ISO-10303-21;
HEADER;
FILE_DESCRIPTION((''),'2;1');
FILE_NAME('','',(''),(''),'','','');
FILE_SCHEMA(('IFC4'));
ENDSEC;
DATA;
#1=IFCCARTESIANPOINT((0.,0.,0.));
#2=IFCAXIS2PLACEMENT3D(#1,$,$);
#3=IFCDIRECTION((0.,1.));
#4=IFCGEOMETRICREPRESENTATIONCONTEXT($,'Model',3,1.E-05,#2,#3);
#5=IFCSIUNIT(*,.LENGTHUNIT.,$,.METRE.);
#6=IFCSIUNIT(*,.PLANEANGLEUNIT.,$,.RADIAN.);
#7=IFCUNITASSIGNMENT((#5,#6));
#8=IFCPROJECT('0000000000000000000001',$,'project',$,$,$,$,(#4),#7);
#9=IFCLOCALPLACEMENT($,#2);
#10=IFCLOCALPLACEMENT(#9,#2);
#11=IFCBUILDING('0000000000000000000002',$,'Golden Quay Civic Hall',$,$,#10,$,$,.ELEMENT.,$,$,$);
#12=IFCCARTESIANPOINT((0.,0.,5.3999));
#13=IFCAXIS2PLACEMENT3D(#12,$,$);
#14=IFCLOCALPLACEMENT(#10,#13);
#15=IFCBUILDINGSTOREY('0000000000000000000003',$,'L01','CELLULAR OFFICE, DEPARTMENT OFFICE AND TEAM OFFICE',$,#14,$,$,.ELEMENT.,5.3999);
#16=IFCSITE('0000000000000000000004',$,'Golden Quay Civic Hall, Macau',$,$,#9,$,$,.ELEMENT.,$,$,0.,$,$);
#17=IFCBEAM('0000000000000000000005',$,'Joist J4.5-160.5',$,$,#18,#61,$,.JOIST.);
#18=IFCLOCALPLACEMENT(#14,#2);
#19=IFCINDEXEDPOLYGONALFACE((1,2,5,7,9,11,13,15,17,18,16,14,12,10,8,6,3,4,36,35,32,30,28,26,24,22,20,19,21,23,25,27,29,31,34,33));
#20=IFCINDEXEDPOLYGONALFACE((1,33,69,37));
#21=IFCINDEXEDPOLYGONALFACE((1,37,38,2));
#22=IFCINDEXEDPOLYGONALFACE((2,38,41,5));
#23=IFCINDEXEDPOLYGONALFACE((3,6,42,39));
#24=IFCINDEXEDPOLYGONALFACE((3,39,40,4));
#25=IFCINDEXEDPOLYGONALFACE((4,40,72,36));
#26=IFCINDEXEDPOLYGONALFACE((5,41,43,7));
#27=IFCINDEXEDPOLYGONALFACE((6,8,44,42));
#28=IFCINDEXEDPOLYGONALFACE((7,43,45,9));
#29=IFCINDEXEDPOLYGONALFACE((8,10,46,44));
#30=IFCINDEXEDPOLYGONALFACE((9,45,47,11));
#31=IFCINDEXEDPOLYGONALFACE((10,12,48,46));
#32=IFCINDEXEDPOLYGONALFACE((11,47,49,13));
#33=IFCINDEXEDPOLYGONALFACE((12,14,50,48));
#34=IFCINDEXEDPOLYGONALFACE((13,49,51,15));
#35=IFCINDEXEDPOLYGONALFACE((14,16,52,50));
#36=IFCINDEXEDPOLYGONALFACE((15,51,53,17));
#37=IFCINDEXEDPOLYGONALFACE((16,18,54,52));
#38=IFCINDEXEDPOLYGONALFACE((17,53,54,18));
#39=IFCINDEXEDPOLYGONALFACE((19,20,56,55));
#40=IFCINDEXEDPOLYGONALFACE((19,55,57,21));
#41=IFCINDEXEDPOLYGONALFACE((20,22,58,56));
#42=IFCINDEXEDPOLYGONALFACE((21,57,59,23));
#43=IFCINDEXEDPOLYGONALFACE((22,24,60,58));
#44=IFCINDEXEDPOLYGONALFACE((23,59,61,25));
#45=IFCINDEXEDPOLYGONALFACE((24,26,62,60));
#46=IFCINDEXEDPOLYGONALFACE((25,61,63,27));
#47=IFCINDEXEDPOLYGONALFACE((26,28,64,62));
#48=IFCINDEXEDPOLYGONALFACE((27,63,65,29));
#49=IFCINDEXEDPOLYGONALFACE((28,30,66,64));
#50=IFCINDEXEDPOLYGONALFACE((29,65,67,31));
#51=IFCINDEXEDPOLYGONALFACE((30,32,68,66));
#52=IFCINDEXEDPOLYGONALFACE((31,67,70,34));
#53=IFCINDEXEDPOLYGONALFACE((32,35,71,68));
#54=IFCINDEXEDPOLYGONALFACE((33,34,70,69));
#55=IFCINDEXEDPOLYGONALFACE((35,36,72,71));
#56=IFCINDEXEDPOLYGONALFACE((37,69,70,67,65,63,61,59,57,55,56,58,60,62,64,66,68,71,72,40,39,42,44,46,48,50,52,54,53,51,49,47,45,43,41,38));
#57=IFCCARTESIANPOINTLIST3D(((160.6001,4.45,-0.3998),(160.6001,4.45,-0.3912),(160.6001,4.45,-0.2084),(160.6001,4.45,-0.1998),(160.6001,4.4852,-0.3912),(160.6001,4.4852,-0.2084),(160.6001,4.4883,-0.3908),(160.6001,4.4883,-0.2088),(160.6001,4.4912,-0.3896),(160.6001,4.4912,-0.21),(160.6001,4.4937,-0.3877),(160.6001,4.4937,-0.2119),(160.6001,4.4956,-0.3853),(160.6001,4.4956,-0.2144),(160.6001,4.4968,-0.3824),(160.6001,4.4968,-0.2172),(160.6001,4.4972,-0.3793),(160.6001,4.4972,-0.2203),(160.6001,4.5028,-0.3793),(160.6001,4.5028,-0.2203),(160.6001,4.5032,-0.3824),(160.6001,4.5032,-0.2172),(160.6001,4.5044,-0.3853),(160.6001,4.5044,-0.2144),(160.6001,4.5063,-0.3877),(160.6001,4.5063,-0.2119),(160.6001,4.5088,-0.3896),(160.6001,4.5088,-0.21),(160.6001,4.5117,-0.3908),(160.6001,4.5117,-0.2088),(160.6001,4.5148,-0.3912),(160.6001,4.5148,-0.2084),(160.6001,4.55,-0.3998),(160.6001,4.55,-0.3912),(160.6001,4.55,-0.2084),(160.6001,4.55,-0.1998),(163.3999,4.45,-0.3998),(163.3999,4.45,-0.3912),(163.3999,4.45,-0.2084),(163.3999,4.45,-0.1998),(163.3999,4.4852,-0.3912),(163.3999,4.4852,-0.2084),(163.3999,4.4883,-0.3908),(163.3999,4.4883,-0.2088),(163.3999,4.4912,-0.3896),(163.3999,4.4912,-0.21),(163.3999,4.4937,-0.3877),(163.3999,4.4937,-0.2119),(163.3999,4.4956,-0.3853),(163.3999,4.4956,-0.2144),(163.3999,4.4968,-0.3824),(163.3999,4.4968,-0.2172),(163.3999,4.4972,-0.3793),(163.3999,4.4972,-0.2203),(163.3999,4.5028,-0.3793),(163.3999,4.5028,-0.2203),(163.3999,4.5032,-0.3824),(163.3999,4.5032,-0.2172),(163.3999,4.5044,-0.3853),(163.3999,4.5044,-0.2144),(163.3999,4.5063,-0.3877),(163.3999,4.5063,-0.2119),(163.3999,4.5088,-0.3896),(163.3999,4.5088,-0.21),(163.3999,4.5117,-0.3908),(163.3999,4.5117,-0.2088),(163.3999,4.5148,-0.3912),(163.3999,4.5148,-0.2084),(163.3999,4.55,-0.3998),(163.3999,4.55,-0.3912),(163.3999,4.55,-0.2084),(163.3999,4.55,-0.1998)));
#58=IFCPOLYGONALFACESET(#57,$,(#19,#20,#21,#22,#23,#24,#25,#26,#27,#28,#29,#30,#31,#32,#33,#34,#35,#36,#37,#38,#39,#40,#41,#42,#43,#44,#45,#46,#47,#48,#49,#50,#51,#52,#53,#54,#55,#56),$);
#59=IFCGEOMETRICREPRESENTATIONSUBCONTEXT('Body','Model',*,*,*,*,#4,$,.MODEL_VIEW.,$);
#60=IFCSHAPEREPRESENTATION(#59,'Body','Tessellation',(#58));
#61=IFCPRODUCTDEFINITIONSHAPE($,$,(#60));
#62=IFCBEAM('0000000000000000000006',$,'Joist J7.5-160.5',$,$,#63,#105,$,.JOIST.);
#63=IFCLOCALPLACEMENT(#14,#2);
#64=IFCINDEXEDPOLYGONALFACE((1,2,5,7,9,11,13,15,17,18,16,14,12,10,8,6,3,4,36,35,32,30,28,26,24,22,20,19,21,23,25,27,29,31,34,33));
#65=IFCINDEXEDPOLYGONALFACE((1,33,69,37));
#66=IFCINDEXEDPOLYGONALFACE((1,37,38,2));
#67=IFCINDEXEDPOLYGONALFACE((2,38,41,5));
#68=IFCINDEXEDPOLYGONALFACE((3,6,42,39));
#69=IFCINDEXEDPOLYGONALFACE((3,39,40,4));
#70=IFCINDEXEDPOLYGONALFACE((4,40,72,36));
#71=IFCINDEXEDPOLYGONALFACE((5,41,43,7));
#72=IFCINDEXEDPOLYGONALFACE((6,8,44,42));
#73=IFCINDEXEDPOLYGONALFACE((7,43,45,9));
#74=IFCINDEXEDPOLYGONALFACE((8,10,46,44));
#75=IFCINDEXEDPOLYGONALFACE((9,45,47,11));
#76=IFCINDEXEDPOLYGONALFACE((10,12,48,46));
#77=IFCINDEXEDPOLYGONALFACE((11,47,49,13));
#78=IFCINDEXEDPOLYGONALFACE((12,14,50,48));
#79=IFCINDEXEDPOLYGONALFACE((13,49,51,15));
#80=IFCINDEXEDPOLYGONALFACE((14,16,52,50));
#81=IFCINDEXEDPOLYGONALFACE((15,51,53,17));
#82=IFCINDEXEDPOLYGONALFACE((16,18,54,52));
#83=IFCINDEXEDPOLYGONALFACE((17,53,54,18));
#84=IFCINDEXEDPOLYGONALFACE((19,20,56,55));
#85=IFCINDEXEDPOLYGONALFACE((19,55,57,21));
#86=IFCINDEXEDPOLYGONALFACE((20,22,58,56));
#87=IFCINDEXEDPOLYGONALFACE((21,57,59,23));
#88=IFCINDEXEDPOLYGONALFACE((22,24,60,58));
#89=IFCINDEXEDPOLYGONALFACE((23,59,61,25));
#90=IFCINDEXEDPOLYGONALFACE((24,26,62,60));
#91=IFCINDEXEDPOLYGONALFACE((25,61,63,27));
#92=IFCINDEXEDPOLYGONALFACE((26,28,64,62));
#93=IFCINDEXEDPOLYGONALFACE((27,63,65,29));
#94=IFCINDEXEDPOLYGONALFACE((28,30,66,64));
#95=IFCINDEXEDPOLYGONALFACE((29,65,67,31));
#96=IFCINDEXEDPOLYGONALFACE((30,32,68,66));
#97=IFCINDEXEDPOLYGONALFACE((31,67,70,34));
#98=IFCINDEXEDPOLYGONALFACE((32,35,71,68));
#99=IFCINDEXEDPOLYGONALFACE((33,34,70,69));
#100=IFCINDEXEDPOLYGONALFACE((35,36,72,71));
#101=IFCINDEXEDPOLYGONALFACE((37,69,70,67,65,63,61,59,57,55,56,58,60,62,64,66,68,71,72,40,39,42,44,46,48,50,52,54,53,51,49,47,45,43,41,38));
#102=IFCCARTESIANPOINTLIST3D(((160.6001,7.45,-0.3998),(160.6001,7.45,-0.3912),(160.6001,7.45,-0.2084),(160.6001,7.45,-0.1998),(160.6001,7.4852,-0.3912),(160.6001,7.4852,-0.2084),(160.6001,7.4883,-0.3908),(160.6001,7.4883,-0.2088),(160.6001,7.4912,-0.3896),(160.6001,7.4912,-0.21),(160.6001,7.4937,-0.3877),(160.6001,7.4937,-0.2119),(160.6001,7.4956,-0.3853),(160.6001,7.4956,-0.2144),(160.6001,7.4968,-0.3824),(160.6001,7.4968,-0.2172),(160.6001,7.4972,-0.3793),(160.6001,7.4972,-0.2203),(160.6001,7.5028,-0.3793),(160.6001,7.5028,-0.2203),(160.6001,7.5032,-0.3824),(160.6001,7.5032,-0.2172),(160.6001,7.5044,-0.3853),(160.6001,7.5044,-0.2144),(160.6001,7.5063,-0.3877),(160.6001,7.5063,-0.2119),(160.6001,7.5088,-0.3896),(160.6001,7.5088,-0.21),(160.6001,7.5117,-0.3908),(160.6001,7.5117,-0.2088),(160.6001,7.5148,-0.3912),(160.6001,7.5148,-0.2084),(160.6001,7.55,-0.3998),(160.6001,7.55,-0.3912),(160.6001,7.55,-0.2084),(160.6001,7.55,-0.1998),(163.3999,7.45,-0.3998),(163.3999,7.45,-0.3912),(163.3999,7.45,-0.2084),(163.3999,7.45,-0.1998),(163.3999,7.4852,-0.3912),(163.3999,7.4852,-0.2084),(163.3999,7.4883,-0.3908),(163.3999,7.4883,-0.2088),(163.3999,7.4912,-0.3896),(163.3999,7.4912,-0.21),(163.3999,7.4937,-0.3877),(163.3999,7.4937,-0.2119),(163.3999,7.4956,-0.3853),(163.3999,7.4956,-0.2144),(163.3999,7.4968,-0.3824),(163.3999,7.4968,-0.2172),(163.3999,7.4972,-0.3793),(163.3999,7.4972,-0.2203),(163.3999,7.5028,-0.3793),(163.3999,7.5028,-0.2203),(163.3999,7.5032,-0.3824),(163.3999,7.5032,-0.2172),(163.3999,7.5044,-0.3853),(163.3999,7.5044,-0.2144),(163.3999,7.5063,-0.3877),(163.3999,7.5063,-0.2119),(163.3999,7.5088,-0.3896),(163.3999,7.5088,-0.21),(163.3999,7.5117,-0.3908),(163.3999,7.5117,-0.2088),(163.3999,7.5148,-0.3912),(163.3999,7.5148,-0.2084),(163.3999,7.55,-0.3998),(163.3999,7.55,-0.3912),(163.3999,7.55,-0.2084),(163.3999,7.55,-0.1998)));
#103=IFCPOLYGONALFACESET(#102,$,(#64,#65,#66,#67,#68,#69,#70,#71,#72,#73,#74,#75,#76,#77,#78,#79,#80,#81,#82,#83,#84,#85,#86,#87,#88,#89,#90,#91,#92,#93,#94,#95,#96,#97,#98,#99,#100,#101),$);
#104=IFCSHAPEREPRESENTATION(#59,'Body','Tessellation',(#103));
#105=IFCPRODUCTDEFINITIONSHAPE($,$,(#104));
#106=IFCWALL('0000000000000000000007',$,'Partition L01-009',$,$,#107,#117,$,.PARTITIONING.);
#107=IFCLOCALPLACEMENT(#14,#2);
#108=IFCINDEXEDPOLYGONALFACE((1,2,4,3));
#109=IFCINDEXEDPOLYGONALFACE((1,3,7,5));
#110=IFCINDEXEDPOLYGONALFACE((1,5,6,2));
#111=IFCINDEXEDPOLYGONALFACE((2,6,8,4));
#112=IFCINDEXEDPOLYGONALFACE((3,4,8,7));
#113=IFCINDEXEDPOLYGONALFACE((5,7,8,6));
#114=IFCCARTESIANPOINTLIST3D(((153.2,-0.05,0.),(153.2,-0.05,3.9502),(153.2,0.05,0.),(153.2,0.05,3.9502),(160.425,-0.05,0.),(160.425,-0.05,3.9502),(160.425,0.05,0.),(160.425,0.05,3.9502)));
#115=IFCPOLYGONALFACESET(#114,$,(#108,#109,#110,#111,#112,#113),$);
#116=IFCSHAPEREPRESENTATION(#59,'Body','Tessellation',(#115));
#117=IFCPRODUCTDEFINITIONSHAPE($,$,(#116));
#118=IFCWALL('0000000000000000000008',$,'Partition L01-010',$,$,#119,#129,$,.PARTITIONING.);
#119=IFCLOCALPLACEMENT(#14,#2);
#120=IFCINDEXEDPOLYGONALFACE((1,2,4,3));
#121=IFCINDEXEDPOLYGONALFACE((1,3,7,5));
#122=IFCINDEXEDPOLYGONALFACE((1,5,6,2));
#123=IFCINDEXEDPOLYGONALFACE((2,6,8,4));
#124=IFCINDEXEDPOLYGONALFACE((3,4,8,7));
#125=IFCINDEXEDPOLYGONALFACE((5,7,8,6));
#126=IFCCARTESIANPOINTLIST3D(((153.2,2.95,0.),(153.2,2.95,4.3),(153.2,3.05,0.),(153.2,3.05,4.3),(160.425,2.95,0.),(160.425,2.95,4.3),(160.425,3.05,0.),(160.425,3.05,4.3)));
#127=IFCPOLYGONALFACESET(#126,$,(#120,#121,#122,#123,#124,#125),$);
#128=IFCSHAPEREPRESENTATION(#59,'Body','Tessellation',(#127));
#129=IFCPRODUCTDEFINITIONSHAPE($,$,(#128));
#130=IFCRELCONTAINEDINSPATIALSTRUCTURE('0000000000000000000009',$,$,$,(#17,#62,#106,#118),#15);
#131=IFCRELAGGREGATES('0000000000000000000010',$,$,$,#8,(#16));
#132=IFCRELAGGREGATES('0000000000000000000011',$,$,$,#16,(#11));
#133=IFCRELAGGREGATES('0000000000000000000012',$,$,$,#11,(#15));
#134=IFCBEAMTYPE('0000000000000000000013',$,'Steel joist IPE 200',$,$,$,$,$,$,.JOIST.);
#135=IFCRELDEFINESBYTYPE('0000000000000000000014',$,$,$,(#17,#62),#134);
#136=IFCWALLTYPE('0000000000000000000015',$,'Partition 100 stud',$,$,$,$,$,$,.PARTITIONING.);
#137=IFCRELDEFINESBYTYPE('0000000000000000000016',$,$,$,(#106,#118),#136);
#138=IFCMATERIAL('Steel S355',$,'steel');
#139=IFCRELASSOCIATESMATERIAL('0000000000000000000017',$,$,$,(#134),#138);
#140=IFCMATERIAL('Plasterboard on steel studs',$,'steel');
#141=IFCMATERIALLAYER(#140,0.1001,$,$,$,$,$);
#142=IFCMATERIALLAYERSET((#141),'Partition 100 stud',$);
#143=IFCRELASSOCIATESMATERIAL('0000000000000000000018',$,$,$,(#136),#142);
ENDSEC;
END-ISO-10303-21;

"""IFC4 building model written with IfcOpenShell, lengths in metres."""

from ifc_helpers import new_model, si_unit, direction, frame, frame_2d, origin, origin_2d, place, context, subcontext, project, spatial, rectangle, i_section, extrude, material, layer, layer_set, material_profile, profile_set, type_object, element, save


model = new_model("IFC4")

# Units and contexts
model_context = context("Model", 3, precision=1e-05, world=origin(), true_north=direction((0.0, 1.0)))
body_context = subcontext(model_context, "Body", "Model", "MODEL_VIEW")
ifc_project = project(units=[si_unit("LENGTHUNIT", "METRE"), si_unit("PLANEANGLEUNIT", "RADIAN")], contexts=[model_context])

# Site, building, storey
site_placement = place(None, origin())
site = spatial("IfcSite", under=ifc_project, at=site_placement, Name="Golden Quay Civic Hall, Macau", CompositionType="ELEMENT", RefElevation=0.0)
building_placement = place(site_placement, origin())
building = spatial("IfcBuilding", under=site, at=building_placement, Name="Golden Quay Civic Hall", CompositionType="ELEMENT")
storey_placement = place(building_placement, frame((0.0, 0.0, 5.3999)))
storey = spatial("IfcBuildingStorey", under=building, at=storey_placement, Name="L01", Description="CELLULAR OFFICE, DEPARTMENT OFFICE AND TEAM OFFICE", CompositionType="ELEMENT", Elevation=5.3999)

# Beams
ifc_material_1 = material(Name="Steel S355", Category="steel")
ifc_material_profile_1 = material_profile(ifc_material_1, i_section(OverallWidth=0.1001, OverallDepth=0.2, WebThickness=0.0056, FlangeThickness=0.0085, FilletRadius=0.012, at=origin_2d()), Name="IPE 200")
ifc_profile_set_1 = profile_set([ifc_material_profile_1], Name="Steel S355")
beam_type_1 = type_object("IfcBeamType", Name="Steel joist IPE 200", PredefinedType="JOIST", material=ifc_profile_set_1)
for number, where, z_axis, x_axis, name in (
    (1, (160.6001, 4.5, -0.2998), (1.0, 0.0, 0.0), (0.0, 1.0, 0.0), "Joist J4.5-160.5"),
    (2, (160.6001, 7.5, -0.2998), (1.0, 0.0, 0.0), (0.0, 1.0, 0.0), "Joist J7.5-160.5"),
):
    element("IfcBeam", number, at=place(storey_placement, frame(where, z_axis=z_axis, x_axis=x_axis)), inside=storey, type_object=beam_type_1, Name=name, PredefinedType="JOIST", context=body_context, shape_type="SweptSolid", body=[
        extrude(i_section(OverallWidth=0.1001, OverallDepth=0.2, WebThickness=0.0056, FlangeThickness=0.0085, FilletRadius=0.012, at=origin_2d()), origin(), (0.0, 0.0, 1.0), 2.7998),
    ])

# Walls
ifc_material_2 = material(Name="Plasterboard on steel studs", Category="steel")
ifc_layer = layer(ifc_material_2, 0.1001)
ifc_layer_set = layer_set([ifc_layer], Name="Partition 100 stud")
wall_type = type_object("IfcWallType", Name="Partition 100 stud", PredefinedType="PARTITIONING", material=ifc_layer_set)
wall_1_placement = place(storey_placement, frame((153.2, 0.0, 0.0), z_axis=(0.0, 0.0, 1.0), x_axis=(1.0, 0.0, 0.0)))
element("IfcWall", 3, at=wall_1_placement, inside=storey, type_object=wall_type, Name="Partition L01-009", PredefinedType="PARTITIONING", context=body_context, shape_type="SweptSolid", body=[
    extrude(rectangle(XDim=7.2251, YDim=0.1001, at=frame_2d((3.6125, 0.0))), origin(), (0.0, 0.0, 1.0), 3.9502),
])
wall_2_placement = place(storey_placement, frame((153.2, 3.0, 0.0), z_axis=(0.0, 0.0, 1.0), x_axis=(1.0, 0.0, 0.0)))
element("IfcWall", 4, at=wall_2_placement, inside=storey, type_object=wall_type, Name="Partition L01-010", PredefinedType="PARTITIONING", context=body_context, shape_type="SweptSolid", body=[
    extrude(rectangle(XDim=7.2251, YDim=0.1001, at=frame_2d((3.6125, 0.0))), origin(), (0.0, 0.0, 1.0), 4.3),
])

save(model, "model.ifc")
